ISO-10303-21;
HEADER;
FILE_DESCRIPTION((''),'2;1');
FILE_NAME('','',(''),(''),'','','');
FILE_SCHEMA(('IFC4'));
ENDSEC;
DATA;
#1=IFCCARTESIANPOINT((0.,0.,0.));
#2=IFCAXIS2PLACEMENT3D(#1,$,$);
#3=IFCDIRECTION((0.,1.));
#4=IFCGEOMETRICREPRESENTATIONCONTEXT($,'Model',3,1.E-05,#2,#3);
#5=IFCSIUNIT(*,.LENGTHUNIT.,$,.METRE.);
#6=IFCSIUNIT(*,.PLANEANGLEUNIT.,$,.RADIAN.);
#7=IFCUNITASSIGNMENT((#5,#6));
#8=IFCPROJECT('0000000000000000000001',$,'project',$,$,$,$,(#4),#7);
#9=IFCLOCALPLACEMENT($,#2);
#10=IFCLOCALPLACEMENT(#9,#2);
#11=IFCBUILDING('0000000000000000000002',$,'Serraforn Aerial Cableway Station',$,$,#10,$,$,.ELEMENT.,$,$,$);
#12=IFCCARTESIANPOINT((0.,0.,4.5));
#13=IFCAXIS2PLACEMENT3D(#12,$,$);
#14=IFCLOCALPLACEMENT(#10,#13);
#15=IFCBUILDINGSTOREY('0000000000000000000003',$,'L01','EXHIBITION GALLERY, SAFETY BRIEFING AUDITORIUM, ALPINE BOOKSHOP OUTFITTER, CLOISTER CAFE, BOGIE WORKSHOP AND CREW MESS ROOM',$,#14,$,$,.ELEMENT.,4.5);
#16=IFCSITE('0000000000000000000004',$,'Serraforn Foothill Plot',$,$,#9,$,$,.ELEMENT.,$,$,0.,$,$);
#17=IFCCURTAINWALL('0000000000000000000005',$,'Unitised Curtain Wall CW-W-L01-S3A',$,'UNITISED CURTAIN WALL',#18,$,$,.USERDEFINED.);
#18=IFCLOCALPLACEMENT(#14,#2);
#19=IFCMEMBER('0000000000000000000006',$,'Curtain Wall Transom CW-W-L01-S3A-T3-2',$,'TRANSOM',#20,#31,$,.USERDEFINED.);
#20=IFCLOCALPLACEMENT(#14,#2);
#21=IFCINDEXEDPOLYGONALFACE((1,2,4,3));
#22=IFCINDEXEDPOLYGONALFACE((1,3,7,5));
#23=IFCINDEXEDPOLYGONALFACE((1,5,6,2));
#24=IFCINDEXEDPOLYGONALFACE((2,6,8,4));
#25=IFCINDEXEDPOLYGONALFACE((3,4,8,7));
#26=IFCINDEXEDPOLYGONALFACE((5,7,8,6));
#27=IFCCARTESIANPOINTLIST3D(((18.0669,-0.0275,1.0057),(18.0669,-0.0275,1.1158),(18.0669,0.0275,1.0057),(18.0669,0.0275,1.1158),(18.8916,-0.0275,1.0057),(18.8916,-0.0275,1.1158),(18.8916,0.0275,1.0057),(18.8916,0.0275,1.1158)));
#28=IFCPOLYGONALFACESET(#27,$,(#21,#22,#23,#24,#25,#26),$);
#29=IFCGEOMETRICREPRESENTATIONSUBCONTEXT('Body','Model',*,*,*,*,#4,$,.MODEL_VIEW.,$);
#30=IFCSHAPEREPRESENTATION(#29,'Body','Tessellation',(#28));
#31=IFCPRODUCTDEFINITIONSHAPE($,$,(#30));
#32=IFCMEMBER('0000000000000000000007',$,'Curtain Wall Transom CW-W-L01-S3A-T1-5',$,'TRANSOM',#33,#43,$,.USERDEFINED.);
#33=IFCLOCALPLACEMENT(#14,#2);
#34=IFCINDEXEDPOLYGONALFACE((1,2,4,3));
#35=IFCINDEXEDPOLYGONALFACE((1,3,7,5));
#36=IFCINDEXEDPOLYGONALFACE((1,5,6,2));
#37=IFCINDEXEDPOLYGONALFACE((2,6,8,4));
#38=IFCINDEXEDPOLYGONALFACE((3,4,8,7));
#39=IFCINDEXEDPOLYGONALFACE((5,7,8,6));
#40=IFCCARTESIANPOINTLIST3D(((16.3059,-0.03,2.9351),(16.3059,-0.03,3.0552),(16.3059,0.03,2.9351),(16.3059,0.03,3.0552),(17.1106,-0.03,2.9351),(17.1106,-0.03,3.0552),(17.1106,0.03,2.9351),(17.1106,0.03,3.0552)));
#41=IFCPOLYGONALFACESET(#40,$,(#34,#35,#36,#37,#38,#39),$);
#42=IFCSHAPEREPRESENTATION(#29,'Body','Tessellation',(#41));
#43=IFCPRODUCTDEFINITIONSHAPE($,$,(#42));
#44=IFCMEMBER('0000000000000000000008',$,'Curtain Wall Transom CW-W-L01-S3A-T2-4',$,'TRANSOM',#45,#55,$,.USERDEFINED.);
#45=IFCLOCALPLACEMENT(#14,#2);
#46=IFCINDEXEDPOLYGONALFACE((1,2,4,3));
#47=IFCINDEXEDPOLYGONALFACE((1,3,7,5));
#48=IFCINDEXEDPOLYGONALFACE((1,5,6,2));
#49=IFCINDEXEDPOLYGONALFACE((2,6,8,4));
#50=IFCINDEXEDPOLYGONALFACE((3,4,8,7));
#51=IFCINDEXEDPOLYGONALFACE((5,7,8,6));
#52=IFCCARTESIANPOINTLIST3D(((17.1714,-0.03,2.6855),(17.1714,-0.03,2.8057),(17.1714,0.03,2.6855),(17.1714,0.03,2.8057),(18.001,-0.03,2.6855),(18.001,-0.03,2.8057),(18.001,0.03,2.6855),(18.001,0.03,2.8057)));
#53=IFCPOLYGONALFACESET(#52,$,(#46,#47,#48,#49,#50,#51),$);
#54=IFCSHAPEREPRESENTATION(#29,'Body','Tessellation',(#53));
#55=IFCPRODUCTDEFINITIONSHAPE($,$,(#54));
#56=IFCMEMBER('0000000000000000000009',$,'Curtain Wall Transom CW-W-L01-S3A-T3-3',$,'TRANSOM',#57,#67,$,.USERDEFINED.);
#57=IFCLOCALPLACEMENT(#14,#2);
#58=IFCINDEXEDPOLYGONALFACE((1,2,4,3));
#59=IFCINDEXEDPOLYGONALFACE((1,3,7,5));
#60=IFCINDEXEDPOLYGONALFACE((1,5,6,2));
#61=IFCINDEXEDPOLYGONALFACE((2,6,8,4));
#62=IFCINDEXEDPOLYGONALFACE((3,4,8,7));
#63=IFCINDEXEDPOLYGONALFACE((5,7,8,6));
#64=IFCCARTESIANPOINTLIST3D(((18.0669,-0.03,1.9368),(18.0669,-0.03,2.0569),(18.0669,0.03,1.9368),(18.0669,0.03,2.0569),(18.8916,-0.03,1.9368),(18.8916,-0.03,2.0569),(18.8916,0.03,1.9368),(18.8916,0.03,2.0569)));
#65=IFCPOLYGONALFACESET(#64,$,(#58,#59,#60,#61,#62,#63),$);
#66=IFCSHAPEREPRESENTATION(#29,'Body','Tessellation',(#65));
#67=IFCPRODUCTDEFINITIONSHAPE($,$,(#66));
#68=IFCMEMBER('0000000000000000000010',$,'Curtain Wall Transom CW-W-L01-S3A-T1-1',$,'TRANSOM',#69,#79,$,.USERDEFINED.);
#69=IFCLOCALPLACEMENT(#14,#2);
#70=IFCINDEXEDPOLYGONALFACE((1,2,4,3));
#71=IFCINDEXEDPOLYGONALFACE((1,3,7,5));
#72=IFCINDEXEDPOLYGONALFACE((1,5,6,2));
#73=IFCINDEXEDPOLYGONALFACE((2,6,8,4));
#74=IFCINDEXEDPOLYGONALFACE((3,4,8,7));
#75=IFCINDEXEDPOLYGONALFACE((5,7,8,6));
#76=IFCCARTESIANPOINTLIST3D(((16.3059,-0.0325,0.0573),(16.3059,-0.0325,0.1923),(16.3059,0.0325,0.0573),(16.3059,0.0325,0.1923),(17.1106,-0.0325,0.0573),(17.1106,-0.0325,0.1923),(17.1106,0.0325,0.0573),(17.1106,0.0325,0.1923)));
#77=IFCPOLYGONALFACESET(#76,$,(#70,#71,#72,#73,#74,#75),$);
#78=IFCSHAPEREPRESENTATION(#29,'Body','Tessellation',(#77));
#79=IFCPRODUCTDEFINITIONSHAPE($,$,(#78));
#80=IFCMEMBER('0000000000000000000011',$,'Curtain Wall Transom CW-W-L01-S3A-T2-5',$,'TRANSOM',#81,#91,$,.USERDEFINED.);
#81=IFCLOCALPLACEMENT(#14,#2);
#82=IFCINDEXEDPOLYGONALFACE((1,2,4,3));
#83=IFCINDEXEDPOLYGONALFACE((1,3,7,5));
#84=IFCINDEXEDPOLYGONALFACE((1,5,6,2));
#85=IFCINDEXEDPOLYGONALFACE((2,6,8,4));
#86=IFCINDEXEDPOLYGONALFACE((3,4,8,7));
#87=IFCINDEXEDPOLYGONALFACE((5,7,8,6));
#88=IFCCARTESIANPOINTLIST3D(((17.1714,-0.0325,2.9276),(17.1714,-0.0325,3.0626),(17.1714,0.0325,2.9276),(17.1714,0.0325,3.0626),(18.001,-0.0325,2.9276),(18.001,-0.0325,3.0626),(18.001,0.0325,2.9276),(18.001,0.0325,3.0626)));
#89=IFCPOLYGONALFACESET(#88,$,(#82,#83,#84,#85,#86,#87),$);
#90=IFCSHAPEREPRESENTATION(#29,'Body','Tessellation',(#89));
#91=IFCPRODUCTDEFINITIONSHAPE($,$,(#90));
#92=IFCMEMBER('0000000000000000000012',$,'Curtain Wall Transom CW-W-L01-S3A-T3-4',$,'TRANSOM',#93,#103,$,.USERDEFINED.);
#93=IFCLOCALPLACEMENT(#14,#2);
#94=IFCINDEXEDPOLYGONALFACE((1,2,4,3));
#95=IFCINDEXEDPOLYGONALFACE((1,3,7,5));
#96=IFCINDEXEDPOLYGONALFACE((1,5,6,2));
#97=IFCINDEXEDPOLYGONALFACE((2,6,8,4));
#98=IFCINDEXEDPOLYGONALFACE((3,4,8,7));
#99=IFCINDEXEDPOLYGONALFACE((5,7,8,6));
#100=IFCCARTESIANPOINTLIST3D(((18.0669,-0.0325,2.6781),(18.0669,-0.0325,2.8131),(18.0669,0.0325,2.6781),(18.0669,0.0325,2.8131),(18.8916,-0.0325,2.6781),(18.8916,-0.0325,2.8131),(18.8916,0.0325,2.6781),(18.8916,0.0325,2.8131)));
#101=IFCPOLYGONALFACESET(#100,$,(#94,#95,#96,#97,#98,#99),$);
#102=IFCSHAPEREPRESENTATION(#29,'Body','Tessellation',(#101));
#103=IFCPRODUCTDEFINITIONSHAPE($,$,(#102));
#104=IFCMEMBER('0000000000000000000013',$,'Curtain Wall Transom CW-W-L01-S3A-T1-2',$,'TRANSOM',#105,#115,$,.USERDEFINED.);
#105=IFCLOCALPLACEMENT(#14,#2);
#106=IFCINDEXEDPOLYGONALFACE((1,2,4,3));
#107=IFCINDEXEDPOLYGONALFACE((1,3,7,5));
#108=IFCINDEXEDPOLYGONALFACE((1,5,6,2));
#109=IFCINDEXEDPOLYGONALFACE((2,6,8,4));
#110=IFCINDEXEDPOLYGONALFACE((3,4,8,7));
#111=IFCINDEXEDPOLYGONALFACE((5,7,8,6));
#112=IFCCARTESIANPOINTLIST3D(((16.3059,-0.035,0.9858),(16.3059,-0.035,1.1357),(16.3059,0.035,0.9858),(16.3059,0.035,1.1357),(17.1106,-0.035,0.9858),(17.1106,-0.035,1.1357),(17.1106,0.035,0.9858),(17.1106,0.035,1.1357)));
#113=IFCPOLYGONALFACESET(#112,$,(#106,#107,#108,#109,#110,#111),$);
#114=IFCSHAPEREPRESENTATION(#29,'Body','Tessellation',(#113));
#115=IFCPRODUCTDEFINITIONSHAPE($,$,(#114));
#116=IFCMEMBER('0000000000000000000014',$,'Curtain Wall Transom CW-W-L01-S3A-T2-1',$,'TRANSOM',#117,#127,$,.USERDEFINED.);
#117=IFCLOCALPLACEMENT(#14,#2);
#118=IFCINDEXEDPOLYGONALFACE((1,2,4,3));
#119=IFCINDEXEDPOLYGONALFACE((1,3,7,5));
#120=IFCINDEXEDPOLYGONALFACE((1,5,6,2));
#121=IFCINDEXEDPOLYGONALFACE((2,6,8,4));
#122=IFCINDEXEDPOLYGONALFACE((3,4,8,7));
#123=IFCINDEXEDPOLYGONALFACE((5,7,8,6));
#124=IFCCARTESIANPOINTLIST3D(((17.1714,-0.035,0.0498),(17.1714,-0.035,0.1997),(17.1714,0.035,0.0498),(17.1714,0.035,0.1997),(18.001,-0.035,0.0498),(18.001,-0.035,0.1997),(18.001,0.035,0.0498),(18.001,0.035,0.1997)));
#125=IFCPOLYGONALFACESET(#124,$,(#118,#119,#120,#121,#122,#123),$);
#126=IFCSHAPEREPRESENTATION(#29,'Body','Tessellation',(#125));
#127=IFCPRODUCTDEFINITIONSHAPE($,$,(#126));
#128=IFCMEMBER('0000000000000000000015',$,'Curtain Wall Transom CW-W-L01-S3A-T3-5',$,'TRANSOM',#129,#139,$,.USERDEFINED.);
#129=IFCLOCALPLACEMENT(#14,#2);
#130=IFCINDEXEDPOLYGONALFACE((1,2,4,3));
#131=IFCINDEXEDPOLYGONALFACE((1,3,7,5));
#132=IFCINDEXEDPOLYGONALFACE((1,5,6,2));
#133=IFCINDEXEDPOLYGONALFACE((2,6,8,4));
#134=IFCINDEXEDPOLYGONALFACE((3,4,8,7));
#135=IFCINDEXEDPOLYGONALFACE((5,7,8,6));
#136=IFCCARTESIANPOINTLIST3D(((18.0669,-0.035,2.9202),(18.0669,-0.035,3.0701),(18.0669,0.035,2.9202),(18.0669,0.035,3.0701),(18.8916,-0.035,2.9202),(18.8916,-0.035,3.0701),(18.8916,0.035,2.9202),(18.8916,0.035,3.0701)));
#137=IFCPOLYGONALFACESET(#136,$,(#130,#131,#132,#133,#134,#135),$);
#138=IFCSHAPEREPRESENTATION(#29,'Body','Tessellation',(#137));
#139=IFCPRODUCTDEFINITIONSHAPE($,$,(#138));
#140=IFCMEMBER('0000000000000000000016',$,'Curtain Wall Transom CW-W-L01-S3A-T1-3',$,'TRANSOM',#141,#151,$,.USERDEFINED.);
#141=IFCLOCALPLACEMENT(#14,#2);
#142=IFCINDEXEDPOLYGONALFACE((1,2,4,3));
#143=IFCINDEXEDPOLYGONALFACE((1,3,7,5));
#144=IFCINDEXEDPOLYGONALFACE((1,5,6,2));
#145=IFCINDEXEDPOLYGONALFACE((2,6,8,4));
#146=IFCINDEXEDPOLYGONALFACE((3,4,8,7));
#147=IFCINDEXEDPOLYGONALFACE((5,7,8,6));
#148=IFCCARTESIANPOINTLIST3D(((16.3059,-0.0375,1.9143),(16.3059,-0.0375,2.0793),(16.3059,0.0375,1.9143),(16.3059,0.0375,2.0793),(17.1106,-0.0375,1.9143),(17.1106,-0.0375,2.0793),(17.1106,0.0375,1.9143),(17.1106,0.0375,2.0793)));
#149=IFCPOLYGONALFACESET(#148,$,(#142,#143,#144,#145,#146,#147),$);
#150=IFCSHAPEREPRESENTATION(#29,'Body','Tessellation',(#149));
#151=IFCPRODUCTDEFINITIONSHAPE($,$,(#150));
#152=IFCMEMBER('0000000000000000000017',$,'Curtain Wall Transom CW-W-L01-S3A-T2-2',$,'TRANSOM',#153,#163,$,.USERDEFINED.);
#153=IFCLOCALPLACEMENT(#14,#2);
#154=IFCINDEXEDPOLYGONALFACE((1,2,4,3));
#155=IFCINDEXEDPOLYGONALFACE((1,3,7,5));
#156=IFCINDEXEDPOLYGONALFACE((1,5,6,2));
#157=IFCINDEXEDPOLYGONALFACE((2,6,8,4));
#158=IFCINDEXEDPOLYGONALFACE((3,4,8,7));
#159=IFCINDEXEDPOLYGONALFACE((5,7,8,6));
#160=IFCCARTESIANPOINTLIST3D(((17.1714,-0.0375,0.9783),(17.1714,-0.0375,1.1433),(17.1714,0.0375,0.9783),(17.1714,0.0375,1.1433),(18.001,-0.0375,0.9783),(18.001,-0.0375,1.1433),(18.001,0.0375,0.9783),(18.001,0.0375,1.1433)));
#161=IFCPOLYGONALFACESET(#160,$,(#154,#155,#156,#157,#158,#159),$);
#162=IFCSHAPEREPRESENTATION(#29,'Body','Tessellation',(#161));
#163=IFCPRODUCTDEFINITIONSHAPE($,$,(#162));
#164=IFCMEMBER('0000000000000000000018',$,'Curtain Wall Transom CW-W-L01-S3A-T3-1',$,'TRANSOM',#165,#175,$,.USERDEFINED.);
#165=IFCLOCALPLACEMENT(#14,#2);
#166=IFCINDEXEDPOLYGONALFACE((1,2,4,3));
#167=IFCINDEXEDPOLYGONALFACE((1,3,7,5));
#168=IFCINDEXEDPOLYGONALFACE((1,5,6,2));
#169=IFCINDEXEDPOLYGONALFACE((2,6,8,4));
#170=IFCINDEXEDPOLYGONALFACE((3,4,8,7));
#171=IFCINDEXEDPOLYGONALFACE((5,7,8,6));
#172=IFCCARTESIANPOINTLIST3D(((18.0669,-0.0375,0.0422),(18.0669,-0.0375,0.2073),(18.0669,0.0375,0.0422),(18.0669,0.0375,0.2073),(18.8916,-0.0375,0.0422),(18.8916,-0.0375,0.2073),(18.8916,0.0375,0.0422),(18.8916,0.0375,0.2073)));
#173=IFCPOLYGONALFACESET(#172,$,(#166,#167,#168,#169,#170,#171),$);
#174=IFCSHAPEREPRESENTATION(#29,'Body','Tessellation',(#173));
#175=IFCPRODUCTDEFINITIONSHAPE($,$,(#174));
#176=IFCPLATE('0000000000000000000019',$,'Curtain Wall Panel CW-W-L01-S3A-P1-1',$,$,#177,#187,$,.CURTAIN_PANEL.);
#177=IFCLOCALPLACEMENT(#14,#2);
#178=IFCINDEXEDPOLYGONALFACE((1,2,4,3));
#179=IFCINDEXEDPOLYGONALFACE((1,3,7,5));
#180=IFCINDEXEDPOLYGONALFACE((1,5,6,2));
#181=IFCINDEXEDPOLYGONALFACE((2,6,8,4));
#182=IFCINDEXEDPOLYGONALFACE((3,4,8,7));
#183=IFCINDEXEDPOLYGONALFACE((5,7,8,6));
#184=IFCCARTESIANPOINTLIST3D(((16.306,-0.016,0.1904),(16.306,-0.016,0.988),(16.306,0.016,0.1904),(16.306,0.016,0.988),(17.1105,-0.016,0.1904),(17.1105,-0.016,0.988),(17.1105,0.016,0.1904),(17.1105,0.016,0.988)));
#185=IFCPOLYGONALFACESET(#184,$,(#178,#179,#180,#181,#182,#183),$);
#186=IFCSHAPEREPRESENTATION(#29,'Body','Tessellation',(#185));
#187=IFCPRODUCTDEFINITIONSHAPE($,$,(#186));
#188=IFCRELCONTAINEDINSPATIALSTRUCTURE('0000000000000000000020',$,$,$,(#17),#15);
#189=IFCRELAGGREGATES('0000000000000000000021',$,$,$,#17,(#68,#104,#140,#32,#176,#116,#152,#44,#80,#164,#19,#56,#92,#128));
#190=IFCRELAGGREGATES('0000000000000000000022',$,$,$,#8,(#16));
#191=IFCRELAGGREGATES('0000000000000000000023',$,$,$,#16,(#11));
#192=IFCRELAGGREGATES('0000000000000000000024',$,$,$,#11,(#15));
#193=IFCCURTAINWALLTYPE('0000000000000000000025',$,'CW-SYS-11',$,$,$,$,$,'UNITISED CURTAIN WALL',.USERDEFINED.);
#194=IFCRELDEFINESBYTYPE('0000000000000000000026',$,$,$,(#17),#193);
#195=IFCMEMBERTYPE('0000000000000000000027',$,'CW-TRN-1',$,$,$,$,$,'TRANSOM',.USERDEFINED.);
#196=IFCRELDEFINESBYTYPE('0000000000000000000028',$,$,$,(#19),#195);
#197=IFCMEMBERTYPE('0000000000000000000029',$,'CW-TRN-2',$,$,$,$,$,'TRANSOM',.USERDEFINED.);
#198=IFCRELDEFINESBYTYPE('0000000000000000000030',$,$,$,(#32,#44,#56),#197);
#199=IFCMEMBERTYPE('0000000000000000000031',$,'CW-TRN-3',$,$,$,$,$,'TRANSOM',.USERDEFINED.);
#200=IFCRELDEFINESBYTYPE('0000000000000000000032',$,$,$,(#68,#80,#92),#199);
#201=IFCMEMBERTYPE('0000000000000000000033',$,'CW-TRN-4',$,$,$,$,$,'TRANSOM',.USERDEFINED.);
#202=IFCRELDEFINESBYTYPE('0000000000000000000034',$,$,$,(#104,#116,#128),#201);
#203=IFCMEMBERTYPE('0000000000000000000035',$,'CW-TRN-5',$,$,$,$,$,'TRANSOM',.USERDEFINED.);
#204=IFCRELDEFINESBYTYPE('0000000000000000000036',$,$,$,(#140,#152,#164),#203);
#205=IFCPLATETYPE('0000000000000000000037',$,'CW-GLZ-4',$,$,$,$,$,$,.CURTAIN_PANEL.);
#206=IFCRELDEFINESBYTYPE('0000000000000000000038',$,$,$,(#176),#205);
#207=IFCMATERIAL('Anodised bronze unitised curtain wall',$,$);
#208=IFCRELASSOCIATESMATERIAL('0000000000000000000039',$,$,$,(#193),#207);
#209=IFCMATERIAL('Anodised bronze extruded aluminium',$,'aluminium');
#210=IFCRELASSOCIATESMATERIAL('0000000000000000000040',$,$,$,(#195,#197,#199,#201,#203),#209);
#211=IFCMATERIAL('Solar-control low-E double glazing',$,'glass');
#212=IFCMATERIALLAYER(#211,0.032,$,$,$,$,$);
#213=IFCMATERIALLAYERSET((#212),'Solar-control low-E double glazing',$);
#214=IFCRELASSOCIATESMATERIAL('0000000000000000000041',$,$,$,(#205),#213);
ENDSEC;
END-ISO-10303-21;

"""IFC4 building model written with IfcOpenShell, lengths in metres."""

from ifc_helpers import new_model, si_unit, direction, frame, origin, origin_2d, place, context, subcontext, project, spatial, rectangle, extrude, material, layer, layer_set, material_profile, profile_set, type_object, element, aggregate, save


model = new_model("IFC4")

# Units and contexts
model_context = context("Model", 3, precision=1e-05, world=origin(), true_north=direction((0.0, 1.0)))
body_context = subcontext(model_context, "Body", "Model", "MODEL_VIEW")
ifc_project = project(units=[si_unit("LENGTHUNIT", "METRE"), si_unit("PLANEANGLEUNIT", "RADIAN")], contexts=[model_context])

# Site, building, storey
site_placement = place(None, origin())
site = spatial("IfcSite", under=ifc_project, at=site_placement, Name="Serraforn Foothill Plot", CompositionType="ELEMENT", RefElevation=0.0)
building_placement = place(site_placement, origin())
building = spatial("IfcBuilding", under=site, at=building_placement, Name="Serraforn Aerial Cableway Station", CompositionType="ELEMENT")
storey_placement = place(building_placement, frame((0.0, 0.0, 4.5)))
storey = spatial("IfcBuildingStorey", under=building, at=storey_placement, Name="L01", Description="EXHIBITION GALLERY, SAFETY BRIEFING AUDITORIUM, ALPINE BOOKSHOP OUTFITTER, CLOISTER CAFE, BOGIE WORKSHOP AND CREW MESS ROOM", CompositionType="ELEMENT", Elevation=4.5)

# Curtain wall, members, plate
ifc_material_1 = material(Name="Anodised bronze unitised curtain wall")
curtain_wall_type = type_object("IfcCurtainWallType", Name="CW-SYS-11", ElementType="UNITISED CURTAIN WALL", PredefinedType="USERDEFINED", material=ifc_material_1)
curtain_wall_placement = place(storey_placement, origin())
curtain_wall = element("IfcCurtainWall", 1, at=curtain_wall_placement, inside=storey, type_object=curtain_wall_type, Name="Unitised Curtain Wall CW-W-L01-S3A", ObjectType="UNITISED CURTAIN WALL", PredefinedType="USERDEFINED")
ifc_material_2 = material(Name="Anodised bronze extruded aluminium", Category="aluminium")
ifc_material_profile_1 = material_profile(ifc_material_2, rectangle(XDim=0.0549, YDim=0.1101, at=origin_2d()), Name="CW TRANSOM 55x110")
ifc_profile_set_1 = profile_set([ifc_material_profile_1], Name="Anodised bronze extruded aluminium")
member_type_1 = type_object("IfcMemberType", Name="CW-TRN-1", ElementType="TRANSOM", PredefinedType="USERDEFINED", material=ifc_profile_set_1)
member_1_placement = place(storey_placement, frame((18.0669, 0.0, 1.0608), z_axis=(1.0, 0.0, 0.0), x_axis=(0.0, 1.0, 0.0)))
member_1 = element("IfcMember", 2, at=member_1_placement, type_object=member_type_1, Name="Curtain Wall Transom CW-W-L01-S3A-T3-2", ObjectType="TRANSOM", PredefinedType="USERDEFINED", context=body_context, shape_type="SweptSolid", body=[
    extrude(rectangle(XDim=0.0549, YDim=0.1101, at=origin_2d()), origin(), (0.0, 0.0, 1.0), 0.8247),
])
ifc_material_profile_2 = material_profile(ifc_material_2, rectangle(XDim=0.0601, YDim=0.1201, at=origin_2d()), Name="CW TRANSOM 60x120")
ifc_profile_set_2 = profile_set([ifc_material_profile_2], Name="Anodised bronze extruded aluminium")
member_type_2 = type_object("IfcMemberType", Name="CW-TRN-2", ElementType="TRANSOM", PredefinedType="USERDEFINED", material=ifc_profile_set_2)
member_2_placement = place(storey_placement, frame((16.3059, 0.0, 2.9951), z_axis=(1.0, 0.0, 0.0), x_axis=(0.0, 1.0, 0.0)))
member_2 = element("IfcMember", 3, at=member_2_placement, type_object=member_type_2, Name="Curtain Wall Transom CW-W-L01-S3A-T1-5", ObjectType="TRANSOM", PredefinedType="USERDEFINED", context=body_context, shape_type="SweptSolid", body=[
    extrude(rectangle(XDim=0.0601, YDim=0.1201, at=origin_2d()), origin(), (0.0, 0.0, 1.0), 0.8047),
])
member_3_placement = place(storey_placement, frame((17.1714, 0.0, 2.7456), z_axis=(1.0, 0.0, 0.0), x_axis=(0.0, 1.0, 0.0)))
member_3 = element("IfcMember", 4, at=member_3_placement, type_object=member_type_2, Name="Curtain Wall Transom CW-W-L01-S3A-T2-4", ObjectType="TRANSOM", PredefinedType="USERDEFINED", context=body_context, shape_type="SweptSolid", body=[
    extrude(rectangle(XDim=0.0601, YDim=0.1201, at=origin_2d()), origin(), (0.0, 0.0, 1.0), 0.8296),
])
member_4_placement = place(storey_placement, frame((18.0669, 0.0, 1.9968), z_axis=(1.0, 0.0, 0.0), x_axis=(0.0, 1.0, 0.0)))
member_4 = element("IfcMember", 5, at=member_4_placement, type_object=member_type_2, Name="Curtain Wall Transom CW-W-L01-S3A-T3-3", ObjectType="TRANSOM", PredefinedType="USERDEFINED", context=body_context, shape_type="SweptSolid", body=[
    extrude(rectangle(XDim=0.0601, YDim=0.1201, at=origin_2d()), origin(), (0.0, 0.0, 1.0), 0.8247),
])
ifc_material_profile_3 = material_profile(ifc_material_2, rectangle(XDim=0.0649, YDim=0.135, at=origin_2d()), Name="CW TRANSOM 65x135")
ifc_profile_set_3 = profile_set([ifc_material_profile_3], Name="Anodised bronze extruded aluminium")
member_type_3 = type_object("IfcMemberType", Name="CW-TRN-3", ElementType="TRANSOM", PredefinedType="USERDEFINED", material=ifc_profile_set_3)
member_5_placement = place(storey_placement, frame((16.3059, 0.0, 0.1248), z_axis=(1.0, 0.0, 0.0), x_axis=(0.0, 1.0, 0.0)))
member_5 = element("IfcMember", 6, at=member_5_placement, type_object=member_type_3, Name="Curtain Wall Transom CW-W-L01-S3A-T1-1", ObjectType="TRANSOM", PredefinedType="USERDEFINED", context=body_context, shape_type="SweptSolid", body=[
    extrude(rectangle(XDim=0.0649, YDim=0.135, at=origin_2d()), origin(), (0.0, 0.0, 1.0), 0.8047),
])
member_6_placement = place(storey_placement, frame((17.1714, 0.0, 2.9951), z_axis=(1.0, 0.0, 0.0), x_axis=(0.0, 1.0, 0.0)))
member_6 = element("IfcMember", 7, at=member_6_placement, type_object=member_type_3, Name="Curtain Wall Transom CW-W-L01-S3A-T2-5", ObjectType="TRANSOM", PredefinedType="USERDEFINED", context=body_context, shape_type="SweptSolid", body=[
    extrude(rectangle(XDim=0.0649, YDim=0.135, at=origin_2d()), origin(), (0.0, 0.0, 1.0), 0.8296),
])
member_7_placement = place(storey_placement, frame((18.0669, 0.0, 2.7456), z_axis=(1.0, 0.0, 0.0), x_axis=(0.0, 1.0, 0.0)))
member_7 = element("IfcMember", 8, at=member_7_placement, type_object=member_type_3, Name="Curtain Wall Transom CW-W-L01-S3A-T3-4", ObjectType="TRANSOM", PredefinedType="USERDEFINED", context=body_context, shape_type="SweptSolid", body=[
    extrude(rectangle(XDim=0.0649, YDim=0.135, at=origin_2d()), origin(), (0.0, 0.0, 1.0), 0.8247),
])
ifc_material_profile_4 = material_profile(ifc_material_2, rectangle(XDim=0.0701, YDim=0.1499, at=origin_2d()), Name="CW TRANSOM 70x150")
ifc_profile_set_4 = profile_set([ifc_material_profile_4], Name="Anodised bronze extruded aluminium")
member_type_4 = type_object("IfcMemberType", Name="CW-TRN-4", ElementType="TRANSOM", PredefinedType="USERDEFINED", material=ifc_profile_set_4)
member_8_placement = place(storey_placement, frame((16.3059, 0.0, 1.0608), z_axis=(1.0, 0.0, 0.0), x_axis=(0.0, 1.0, 0.0)))
member_8 = element("IfcMember", 9, at=member_8_placement, type_object=member_type_4, Name="Curtain Wall Transom CW-W-L01-S3A-T1-2", ObjectType="TRANSOM", PredefinedType="USERDEFINED", context=body_context, shape_type="SweptSolid", body=[
    extrude(rectangle(XDim=0.0701, YDim=0.1499, at=origin_2d()), origin(), (0.0, 0.0, 1.0), 0.8047),
])
member_9_placement = place(storey_placement, frame((17.1714, 0.0, 0.1248), z_axis=(1.0, 0.0, 0.0), x_axis=(0.0, 1.0, 0.0)))
member_9 = element("IfcMember", 10, at=member_9_placement, type_object=member_type_4, Name="Curtain Wall Transom CW-W-L01-S3A-T2-1", ObjectType="TRANSOM", PredefinedType="USERDEFINED", context=body_context, shape_type="SweptSolid", body=[
    extrude(rectangle(XDim=0.0701, YDim=0.1499, at=origin_2d()), origin(), (0.0, 0.0, 1.0), 0.8296),
])
member_10_placement = place(storey_placement, frame((18.0669, 0.0, 2.9951), z_axis=(1.0, 0.0, 0.0), x_axis=(0.0, 1.0, 0.0)))
member_10 = element("IfcMember", 11, at=member_10_placement, type_object=member_type_4, Name="Curtain Wall Transom CW-W-L01-S3A-T3-5", ObjectType="TRANSOM", PredefinedType="USERDEFINED", context=body_context, shape_type="SweptSolid", body=[
    extrude(rectangle(XDim=0.0701, YDim=0.1499, at=origin_2d()), origin(), (0.0, 0.0, 1.0), 0.8247),
])
ifc_material_profile_5 = material_profile(ifc_material_2, rectangle(XDim=0.075, YDim=0.165, at=origin_2d()), Name="CW TRANSOM 75x165")
ifc_profile_set_5 = profile_set([ifc_material_profile_5], Name="Anodised bronze extruded aluminium")
member_type_5 = type_object("IfcMemberType", Name="CW-TRN-5", ElementType="TRANSOM", PredefinedType="USERDEFINED", material=ifc_profile_set_5)
member_11_placement = place(storey_placement, frame((16.3059, 0.0, 1.9968), z_axis=(1.0, 0.0, 0.0), x_axis=(0.0, 1.0, 0.0)))
member_11 = element("IfcMember", 12, at=member_11_placement, type_object=member_type_5, Name="Curtain Wall Transom CW-W-L01-S3A-T1-3", ObjectType="TRANSOM", PredefinedType="USERDEFINED", context=body_context, shape_type="SweptSolid", body=[
    extrude(rectangle(XDim=0.075, YDim=0.165, at=origin_2d()), origin(), (0.0, 0.0, 1.0), 0.8047),
])
member_12_placement = place(storey_placement, frame((17.1714, 0.0, 1.0608), z_axis=(1.0, 0.0, 0.0), x_axis=(0.0, 1.0, 0.0)))
member_12 = element("IfcMember", 13, at=member_12_placement, type_object=member_type_5, Name="Curtain Wall Transom CW-W-L01-S3A-T2-2", ObjectType="TRANSOM", PredefinedType="USERDEFINED", context=body_context, shape_type="SweptSolid", body=[
    extrude(rectangle(XDim=0.075, YDim=0.165, at=origin_2d()), origin(), (0.0, 0.0, 1.0), 0.8296),
])
member_13_placement = place(storey_placement, frame((18.0669, 0.0, 0.1248), z_axis=(1.0, 0.0, 0.0), x_axis=(0.0, 1.0, 0.0)))
member_13 = element("IfcMember", 14, at=member_13_placement, type_object=member_type_5, Name="Curtain Wall Transom CW-W-L01-S3A-T3-1", ObjectType="TRANSOM", PredefinedType="USERDEFINED", context=body_context, shape_type="SweptSolid", body=[
    extrude(rectangle(XDim=0.075, YDim=0.165, at=origin_2d()), origin(), (0.0, 0.0, 1.0), 0.8247),
])
ifc_material_3 = material(Name="Solar-control low-E double glazing", Category="glass")
ifc_layer_1 = layer(ifc_material_3, 0.032)
ifc_layer_set_1 = layer_set([ifc_layer_1], Name="Solar-control low-E double glazing")
plate_type_1 = type_object("IfcPlateType", Name="CW-GLZ-4", PredefinedType="CURTAIN_PANEL", material=ifc_layer_set_1)
plate_1_placement = place(storey_placement, frame((16.7083, 0.0, 0.1904), z_axis=(0.0, 0.0, 1.0), x_axis=(1.0, 0.0, 0.0)))
plate_1 = element("IfcPlate", 15, at=plate_1_placement, type_object=plate_type_1, Name="Curtain Wall Panel CW-W-L01-S3A-P1-1", PredefinedType="CURTAIN_PANEL", context=body_context, shape_type="SweptSolid", body=[
    extrude(rectangle(XDim=0.8044, YDim=0.032, at=origin_2d()), origin(), (0.0, 0.0, 1.0), 0.7976),
])
aggregate(curtain_wall, [member_5, member_8, member_11, member_2, plate_1, member_9, member_12, member_3, member_6, member_13, member_1, member_4, member_7, member_10])

save(model, "model.ifc")
